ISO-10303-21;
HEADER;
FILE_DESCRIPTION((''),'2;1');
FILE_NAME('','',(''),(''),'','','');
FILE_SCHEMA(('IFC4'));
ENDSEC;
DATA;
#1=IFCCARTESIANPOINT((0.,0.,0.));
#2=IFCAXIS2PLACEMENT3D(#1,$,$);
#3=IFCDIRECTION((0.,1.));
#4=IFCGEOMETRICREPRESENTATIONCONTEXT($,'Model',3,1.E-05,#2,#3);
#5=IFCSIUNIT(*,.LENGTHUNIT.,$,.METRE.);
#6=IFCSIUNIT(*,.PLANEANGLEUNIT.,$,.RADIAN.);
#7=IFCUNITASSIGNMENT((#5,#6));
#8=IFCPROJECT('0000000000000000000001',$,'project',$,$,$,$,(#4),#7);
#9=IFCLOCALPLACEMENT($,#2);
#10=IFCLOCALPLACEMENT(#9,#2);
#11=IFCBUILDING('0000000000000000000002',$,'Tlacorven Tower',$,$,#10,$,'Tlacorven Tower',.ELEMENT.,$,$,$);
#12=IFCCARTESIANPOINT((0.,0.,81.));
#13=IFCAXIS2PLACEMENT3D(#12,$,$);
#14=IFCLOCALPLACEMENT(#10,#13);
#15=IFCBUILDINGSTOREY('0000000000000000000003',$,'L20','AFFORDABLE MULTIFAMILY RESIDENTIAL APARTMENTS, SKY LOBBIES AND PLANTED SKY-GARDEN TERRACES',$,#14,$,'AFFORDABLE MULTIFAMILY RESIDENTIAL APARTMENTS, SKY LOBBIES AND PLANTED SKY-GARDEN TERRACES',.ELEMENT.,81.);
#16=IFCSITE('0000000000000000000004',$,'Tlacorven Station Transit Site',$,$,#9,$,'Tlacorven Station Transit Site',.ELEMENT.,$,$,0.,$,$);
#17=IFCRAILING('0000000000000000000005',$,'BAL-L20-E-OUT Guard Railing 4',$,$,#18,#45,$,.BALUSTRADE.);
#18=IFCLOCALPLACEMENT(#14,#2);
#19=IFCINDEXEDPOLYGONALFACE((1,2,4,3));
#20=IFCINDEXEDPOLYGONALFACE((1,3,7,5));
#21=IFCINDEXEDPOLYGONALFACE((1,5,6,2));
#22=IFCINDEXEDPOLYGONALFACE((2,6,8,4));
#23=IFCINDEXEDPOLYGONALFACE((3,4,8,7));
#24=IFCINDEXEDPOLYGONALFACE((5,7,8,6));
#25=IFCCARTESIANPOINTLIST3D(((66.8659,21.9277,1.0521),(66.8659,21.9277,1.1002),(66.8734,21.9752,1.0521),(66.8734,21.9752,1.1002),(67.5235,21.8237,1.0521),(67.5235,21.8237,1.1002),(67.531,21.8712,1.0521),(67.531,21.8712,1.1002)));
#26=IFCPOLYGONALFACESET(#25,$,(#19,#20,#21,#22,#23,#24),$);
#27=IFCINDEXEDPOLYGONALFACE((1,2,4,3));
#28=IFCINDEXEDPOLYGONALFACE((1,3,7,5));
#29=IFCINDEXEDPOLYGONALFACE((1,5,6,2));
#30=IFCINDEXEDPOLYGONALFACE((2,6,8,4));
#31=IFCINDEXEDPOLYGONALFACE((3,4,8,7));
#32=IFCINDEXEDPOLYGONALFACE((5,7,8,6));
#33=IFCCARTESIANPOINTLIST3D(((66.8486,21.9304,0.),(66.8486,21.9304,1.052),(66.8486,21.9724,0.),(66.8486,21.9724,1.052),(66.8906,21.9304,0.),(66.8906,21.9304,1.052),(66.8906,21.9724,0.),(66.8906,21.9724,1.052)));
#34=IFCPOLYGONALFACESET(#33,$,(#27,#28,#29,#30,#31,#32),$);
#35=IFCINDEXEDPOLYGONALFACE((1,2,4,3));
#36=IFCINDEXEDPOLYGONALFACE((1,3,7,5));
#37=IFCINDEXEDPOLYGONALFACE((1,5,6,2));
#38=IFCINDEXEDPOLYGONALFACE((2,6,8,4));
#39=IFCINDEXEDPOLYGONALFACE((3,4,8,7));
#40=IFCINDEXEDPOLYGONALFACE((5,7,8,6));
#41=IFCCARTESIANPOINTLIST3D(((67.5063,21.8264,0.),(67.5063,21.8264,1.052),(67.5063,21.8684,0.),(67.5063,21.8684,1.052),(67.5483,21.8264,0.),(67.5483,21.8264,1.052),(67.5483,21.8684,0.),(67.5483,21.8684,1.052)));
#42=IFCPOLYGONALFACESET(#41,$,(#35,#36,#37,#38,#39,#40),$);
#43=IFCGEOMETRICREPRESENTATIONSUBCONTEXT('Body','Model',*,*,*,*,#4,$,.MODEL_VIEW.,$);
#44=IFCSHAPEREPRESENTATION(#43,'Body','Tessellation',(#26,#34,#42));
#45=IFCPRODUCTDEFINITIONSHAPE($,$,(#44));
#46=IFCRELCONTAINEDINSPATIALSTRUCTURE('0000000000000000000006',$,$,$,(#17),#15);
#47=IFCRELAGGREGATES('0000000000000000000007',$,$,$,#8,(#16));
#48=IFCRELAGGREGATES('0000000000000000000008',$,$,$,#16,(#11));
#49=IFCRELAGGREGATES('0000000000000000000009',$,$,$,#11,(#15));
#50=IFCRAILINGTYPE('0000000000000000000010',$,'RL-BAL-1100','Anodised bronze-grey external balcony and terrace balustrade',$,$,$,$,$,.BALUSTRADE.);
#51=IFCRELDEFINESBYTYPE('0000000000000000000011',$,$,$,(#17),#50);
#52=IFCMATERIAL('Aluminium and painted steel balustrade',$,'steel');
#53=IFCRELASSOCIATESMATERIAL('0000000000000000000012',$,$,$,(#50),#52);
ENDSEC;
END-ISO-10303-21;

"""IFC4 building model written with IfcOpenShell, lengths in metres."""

from ifc_helpers import new_model, si_unit, direction, frame, origin, origin_2d, place, context, subcontext, project, spatial, rectangle, extrude, source, transform, mapped, material, type_object, element, save


model = new_model("IFC4")

# Units and contexts
model_context = context("Model", 3, precision=1e-05, world=origin(), true_north=direction((0.0, 1.0)))
body_context = subcontext(model_context, "Body", "Model", "MODEL_VIEW")
ifc_project = project(units=[si_unit("LENGTHUNIT", "METRE"), si_unit("PLANEANGLEUNIT", "RADIAN")], contexts=[model_context])

# Site, building, storey
site_placement = place(None, origin())
site = spatial("IfcSite", under=ifc_project, at=site_placement, Name="Tlacorven Station Transit Site", LongName="Tlacorven Station Transit Site", CompositionType="ELEMENT", RefElevation=0.0)
building_placement = place(site_placement, origin())
building = spatial("IfcBuilding", under=site, at=building_placement, Name="Tlacorven Tower", LongName="Tlacorven Tower", CompositionType="ELEMENT")
storey_placement = place(building_placement, frame((0.0, 0.0, 81.0)))
storey = spatial("IfcBuildingStorey", under=building, at=storey_placement, Name="L20", Description="AFFORDABLE MULTIFAMILY RESIDENTIAL APARTMENTS, SKY LOBBIES AND PLANTED SKY-GARDEN TERRACES", LongName="AFFORDABLE MULTIFAMILY RESIDENTIAL APARTMENTS, SKY LOBBIES AND PLANTED SKY-GARDEN TERRACES", CompositionType="ELEMENT", Elevation=81.0)

# Railing
ifc_material_1 = material(Name="Aluminium and painted steel balustrade", Category="steel")
railing_type = type_object("IfcRailingType", Name="RL-BAL-1100", Description="Anodised bronze-grey external balcony and terrace balustrade", PredefinedType="BALUSTRADE", material=ifc_material_1)
shared_shape_1 = source(origin(), body_context, "Body", "SweptSolid", [
    extrude(rectangle(XDim=0.0481, YDim=0.0481, at=origin_2d()), frame((0.0, 0.0, 1.0762), z_axis=(0.987727, -0.156188, 0.0), x_axis=(0.156188, 0.987727, 0.0)), (0.0, 0.0, 1.0), 0.6658),
    extrude(rectangle(XDim=0.042, YDim=0.042, at=origin_2d()), origin(), (0.0, 0.0, 1.0), 1.052),
    extrude(rectangle(XDim=0.042, YDim=0.042, at=origin_2d()), frame((0.6577, -0.104, 0.0)), (0.0, 0.0, 1.0), 1.052),
])
railing_1_placement = place(storey_placement, frame((66.8696, 21.9514, 0.0)))
element("IfcRailing", 1, at=railing_1_placement, inside=storey, type_object=railing_type, Name="BAL-L20-E-OUT Guard Railing 4", PredefinedType="BALUSTRADE", context=body_context, shape_type="MappedRepresentation", body=[
    mapped(shared_shape_1, transform((0.0, 0.0, 0.0), scale=1.0)),
])

save(model, "model.ifc")
